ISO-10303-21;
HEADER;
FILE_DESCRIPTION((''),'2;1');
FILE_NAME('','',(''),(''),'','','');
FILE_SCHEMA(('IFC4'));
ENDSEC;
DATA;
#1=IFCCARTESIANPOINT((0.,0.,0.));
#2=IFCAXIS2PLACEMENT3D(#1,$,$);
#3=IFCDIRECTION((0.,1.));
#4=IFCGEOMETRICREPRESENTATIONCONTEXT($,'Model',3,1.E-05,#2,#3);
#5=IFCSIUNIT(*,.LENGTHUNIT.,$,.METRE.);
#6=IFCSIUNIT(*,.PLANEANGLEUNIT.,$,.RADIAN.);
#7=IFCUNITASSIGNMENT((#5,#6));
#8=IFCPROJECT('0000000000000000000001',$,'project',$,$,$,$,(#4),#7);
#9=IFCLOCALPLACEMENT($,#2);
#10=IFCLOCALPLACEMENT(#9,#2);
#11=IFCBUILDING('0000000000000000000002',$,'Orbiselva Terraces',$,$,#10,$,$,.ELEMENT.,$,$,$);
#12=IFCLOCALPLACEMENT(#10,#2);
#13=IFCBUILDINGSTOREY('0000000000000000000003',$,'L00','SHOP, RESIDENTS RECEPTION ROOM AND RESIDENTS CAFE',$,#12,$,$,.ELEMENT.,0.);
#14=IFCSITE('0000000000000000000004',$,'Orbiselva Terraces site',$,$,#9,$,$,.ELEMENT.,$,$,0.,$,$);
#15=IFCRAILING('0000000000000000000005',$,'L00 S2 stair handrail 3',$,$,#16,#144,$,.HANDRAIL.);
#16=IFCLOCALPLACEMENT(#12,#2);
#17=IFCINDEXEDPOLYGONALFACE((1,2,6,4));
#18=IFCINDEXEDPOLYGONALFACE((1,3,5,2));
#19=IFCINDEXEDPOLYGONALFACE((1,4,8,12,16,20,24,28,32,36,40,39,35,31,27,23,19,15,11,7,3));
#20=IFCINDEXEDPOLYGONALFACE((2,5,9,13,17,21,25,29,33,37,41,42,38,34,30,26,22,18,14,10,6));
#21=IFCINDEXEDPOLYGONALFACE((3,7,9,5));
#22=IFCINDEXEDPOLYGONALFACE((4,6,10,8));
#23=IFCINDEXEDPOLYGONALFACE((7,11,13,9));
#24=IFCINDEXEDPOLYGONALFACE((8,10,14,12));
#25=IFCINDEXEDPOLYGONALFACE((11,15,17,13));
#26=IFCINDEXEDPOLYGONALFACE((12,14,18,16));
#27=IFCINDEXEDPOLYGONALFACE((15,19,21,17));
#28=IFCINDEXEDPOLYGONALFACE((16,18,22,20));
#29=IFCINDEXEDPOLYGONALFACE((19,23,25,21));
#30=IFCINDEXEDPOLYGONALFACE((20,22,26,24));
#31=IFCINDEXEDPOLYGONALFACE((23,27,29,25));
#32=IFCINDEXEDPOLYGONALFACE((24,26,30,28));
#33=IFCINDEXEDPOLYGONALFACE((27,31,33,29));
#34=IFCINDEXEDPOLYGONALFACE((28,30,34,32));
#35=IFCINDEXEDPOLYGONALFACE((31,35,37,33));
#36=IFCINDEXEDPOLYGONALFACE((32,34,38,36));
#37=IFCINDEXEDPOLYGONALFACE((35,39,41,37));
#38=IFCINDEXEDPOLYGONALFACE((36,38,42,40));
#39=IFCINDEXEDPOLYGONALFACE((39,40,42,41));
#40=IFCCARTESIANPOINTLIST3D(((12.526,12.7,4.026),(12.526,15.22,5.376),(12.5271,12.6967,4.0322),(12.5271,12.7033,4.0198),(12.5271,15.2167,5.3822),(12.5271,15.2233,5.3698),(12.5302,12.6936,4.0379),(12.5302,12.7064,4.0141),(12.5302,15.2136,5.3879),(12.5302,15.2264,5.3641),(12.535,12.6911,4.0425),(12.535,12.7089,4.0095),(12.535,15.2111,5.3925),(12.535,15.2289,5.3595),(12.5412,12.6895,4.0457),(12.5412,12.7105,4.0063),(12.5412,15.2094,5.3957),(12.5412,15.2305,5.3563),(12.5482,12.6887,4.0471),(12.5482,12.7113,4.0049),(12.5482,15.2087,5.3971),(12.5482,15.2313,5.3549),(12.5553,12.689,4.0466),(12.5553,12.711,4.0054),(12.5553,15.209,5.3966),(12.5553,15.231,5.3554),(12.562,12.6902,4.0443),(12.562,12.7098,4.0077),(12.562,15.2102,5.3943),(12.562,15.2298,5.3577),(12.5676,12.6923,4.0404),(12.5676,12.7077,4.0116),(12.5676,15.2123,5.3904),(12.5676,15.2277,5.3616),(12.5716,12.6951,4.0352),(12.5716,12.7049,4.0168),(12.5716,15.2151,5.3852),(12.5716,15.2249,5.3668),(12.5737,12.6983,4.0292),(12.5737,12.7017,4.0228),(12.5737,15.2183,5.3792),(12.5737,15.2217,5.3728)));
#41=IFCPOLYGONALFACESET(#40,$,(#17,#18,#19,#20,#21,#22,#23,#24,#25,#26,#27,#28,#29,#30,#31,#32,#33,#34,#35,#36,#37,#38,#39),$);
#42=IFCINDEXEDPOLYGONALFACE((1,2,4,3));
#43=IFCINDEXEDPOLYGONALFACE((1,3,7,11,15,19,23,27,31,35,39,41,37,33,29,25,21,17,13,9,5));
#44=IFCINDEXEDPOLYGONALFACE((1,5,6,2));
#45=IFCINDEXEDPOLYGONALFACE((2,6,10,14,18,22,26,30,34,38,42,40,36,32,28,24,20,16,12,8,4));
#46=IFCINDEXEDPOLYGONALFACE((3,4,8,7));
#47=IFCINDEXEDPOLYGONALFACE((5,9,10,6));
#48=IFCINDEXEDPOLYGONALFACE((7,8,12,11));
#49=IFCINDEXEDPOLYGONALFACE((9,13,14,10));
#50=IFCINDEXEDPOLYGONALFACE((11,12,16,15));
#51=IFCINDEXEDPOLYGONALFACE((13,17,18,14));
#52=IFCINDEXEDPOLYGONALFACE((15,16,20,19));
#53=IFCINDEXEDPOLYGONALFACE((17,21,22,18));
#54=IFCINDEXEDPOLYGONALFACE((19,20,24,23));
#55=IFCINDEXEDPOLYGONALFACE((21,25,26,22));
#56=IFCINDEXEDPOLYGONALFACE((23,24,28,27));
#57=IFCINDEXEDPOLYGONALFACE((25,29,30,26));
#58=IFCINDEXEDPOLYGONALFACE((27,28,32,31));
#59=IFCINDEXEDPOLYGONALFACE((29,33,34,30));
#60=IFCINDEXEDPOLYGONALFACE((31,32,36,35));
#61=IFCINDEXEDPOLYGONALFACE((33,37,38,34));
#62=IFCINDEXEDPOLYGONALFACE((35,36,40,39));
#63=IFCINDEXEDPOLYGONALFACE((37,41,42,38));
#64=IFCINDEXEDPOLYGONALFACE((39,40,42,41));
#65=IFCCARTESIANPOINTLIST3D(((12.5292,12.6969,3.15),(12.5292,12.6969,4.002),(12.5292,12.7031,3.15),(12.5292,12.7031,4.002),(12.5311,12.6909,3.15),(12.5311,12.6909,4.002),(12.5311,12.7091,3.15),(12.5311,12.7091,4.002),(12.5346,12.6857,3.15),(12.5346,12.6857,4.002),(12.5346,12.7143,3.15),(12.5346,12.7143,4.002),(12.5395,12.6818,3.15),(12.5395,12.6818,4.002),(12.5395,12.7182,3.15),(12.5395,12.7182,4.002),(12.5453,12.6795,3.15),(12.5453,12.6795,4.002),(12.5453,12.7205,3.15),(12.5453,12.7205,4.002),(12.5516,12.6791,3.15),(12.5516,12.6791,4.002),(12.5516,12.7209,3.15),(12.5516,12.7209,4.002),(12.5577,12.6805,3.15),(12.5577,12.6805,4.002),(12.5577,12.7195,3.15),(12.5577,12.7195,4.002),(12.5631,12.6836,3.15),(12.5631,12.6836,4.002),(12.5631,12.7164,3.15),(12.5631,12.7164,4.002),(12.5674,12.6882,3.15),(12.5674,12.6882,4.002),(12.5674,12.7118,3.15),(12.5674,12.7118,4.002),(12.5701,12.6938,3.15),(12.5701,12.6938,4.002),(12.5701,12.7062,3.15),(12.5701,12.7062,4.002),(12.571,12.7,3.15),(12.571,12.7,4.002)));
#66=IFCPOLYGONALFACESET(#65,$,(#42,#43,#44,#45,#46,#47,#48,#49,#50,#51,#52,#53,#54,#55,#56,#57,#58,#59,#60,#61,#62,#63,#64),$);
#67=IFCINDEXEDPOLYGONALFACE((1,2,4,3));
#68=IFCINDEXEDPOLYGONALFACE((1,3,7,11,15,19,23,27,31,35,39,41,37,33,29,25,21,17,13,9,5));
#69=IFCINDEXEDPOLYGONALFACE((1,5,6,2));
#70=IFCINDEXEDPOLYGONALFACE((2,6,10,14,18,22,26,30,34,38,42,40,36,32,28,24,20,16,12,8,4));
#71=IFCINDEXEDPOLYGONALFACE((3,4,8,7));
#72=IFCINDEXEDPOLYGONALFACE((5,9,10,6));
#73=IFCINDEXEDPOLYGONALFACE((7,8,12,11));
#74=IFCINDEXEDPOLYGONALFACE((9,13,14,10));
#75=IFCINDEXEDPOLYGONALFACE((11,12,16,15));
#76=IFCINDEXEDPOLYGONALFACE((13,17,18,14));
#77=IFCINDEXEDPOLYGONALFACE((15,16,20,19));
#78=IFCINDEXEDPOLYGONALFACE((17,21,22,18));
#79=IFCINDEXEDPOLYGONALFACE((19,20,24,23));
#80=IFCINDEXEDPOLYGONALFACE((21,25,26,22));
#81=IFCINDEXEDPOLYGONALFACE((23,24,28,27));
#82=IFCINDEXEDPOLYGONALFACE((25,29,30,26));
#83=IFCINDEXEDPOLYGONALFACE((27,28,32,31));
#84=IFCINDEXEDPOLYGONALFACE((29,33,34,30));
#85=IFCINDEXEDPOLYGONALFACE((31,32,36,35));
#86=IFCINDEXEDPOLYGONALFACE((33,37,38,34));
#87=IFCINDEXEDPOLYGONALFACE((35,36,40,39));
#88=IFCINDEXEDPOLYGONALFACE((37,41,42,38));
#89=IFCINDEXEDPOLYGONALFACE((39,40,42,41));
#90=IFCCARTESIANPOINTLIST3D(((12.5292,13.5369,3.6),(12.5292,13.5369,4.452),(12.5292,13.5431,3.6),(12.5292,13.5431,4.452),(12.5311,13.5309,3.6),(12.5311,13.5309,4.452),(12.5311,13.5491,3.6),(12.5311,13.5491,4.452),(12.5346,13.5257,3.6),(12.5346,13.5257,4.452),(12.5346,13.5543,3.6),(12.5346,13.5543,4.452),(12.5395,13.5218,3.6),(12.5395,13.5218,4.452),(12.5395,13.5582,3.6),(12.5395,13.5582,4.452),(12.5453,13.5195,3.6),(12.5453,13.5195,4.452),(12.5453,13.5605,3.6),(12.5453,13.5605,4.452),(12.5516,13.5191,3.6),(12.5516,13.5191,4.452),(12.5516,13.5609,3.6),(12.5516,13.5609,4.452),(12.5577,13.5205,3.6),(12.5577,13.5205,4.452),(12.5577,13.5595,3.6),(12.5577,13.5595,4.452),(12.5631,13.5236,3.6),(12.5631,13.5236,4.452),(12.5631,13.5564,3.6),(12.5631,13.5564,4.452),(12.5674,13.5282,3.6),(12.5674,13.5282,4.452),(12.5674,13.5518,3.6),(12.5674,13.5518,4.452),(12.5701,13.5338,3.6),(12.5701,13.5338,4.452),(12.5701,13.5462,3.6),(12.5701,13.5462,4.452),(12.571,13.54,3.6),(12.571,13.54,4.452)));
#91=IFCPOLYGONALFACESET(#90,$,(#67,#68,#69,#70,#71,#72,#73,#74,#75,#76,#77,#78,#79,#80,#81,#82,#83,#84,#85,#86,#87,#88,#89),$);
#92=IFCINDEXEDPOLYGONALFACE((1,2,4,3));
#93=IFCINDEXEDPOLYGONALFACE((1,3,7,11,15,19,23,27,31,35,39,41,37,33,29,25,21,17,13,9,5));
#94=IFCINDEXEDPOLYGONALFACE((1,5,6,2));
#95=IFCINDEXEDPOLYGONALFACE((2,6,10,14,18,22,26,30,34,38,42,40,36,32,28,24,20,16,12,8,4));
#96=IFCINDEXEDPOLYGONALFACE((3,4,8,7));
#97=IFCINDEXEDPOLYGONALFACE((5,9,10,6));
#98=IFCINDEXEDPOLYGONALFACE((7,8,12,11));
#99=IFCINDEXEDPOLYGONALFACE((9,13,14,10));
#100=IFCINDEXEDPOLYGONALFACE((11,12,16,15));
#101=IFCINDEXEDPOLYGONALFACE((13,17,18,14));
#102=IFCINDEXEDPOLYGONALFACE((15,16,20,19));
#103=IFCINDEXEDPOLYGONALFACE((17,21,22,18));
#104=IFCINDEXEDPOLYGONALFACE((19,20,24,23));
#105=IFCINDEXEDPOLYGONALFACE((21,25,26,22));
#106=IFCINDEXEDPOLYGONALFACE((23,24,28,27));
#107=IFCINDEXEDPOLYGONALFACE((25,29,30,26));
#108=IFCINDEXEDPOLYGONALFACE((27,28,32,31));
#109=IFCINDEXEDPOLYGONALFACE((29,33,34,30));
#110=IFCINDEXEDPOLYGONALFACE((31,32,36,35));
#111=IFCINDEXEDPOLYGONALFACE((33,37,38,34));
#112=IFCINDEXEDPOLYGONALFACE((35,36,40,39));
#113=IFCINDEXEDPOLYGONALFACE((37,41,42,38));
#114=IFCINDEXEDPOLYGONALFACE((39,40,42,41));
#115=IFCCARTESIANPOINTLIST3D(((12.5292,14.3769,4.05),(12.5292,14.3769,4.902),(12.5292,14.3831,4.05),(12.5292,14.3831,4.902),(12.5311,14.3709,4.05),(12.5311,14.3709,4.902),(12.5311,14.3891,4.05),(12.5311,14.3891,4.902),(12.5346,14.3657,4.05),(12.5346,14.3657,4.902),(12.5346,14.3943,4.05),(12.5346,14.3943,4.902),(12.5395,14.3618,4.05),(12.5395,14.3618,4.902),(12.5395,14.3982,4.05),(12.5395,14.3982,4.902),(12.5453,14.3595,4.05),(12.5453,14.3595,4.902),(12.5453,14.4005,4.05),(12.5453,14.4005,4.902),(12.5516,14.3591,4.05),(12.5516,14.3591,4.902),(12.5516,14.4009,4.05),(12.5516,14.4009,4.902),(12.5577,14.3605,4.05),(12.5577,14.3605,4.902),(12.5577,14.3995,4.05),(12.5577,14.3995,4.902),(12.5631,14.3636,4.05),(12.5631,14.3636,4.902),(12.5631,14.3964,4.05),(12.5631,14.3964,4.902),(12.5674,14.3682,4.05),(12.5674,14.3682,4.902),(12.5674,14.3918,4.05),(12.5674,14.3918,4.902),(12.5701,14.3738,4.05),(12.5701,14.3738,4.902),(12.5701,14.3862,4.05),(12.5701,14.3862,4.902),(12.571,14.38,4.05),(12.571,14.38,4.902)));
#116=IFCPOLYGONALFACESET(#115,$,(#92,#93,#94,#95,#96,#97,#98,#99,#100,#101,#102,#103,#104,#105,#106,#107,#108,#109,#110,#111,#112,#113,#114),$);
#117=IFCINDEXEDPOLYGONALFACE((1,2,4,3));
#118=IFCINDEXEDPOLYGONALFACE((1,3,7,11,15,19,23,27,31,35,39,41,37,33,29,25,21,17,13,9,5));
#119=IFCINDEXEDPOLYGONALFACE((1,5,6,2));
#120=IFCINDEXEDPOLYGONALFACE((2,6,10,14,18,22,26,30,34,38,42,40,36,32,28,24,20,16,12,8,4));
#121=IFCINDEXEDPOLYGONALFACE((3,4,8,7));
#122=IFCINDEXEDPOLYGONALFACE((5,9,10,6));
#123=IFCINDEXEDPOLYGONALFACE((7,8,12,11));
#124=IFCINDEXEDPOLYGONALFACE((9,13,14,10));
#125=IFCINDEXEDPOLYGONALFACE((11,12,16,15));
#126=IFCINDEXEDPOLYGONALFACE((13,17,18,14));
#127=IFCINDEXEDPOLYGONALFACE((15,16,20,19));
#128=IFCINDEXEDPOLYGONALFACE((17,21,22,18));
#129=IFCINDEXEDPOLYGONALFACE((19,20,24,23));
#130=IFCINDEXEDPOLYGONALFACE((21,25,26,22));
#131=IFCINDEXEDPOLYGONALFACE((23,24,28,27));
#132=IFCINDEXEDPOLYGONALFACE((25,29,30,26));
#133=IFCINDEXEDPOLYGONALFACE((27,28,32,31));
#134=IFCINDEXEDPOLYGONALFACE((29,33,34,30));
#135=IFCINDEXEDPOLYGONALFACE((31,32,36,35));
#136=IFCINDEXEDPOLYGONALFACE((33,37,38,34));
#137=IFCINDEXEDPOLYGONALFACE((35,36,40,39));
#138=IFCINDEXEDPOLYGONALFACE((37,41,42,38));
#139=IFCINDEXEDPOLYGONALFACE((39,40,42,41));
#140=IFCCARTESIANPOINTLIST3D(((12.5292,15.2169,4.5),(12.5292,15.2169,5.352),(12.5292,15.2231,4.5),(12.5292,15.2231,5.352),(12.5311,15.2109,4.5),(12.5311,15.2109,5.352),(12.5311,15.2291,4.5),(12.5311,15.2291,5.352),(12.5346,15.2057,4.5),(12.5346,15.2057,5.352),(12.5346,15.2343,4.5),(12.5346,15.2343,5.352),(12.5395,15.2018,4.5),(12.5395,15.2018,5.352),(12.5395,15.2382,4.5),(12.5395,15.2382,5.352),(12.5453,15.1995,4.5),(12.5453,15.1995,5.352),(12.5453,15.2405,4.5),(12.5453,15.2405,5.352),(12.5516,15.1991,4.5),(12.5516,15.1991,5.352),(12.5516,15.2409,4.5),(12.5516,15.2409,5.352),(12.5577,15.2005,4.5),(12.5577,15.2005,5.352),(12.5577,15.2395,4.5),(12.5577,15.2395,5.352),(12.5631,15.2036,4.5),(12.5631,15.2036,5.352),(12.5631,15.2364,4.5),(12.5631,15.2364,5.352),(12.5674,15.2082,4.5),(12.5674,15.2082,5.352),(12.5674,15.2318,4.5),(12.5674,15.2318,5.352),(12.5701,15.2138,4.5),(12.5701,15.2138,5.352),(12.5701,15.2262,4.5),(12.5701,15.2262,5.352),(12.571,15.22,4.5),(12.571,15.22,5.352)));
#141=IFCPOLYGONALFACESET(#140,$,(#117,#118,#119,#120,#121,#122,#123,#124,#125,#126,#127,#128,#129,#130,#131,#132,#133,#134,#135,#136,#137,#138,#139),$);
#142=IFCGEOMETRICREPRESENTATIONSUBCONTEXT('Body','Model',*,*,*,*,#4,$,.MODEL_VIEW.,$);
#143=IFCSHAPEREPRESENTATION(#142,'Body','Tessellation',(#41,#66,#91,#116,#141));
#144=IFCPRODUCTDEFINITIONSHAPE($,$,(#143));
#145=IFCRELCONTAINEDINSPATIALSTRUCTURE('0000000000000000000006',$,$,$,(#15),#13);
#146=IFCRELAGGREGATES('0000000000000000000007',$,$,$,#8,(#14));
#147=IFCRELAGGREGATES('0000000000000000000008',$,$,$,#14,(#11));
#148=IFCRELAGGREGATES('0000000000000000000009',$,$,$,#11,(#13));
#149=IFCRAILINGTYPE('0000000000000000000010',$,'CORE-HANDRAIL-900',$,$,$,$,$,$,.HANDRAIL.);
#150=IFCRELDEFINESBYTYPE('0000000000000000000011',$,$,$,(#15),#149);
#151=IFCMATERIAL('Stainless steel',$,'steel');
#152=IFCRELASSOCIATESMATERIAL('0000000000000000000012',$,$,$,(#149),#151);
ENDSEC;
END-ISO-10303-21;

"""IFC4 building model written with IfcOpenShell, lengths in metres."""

from ifc_helpers import new_model, si_unit, direction, frame, origin, origin_2d, place, context, subcontext, project, spatial, circle, extrude, material, type_object, element, save


model = new_model("IFC4")

# Units and contexts
model_context = context("Model", 3, precision=1e-05, world=origin(), true_north=direction((0.0, 1.0)))
body_context = subcontext(model_context, "Body", "Model", "MODEL_VIEW")
ifc_project = project(units=[si_unit("LENGTHUNIT", "METRE"), si_unit("PLANEANGLEUNIT", "RADIAN")], contexts=[model_context])

# Site, building, storey
site_placement = place(None, origin())
site = spatial("IfcSite", under=ifc_project, at=site_placement, Name="Orbiselva Terraces site", CompositionType="ELEMENT", RefElevation=0.0)
building_placement = place(site_placement, origin())
building = spatial("IfcBuilding", under=site, at=building_placement, Name="Orbiselva Terraces", CompositionType="ELEMENT")
storey_placement = place(building_placement, origin())
storey = spatial("IfcBuildingStorey", under=building, at=storey_placement, Name="L00", Description="SHOP, RESIDENTS RECEPTION ROOM AND RESIDENTS CAFE", CompositionType="ELEMENT", Elevation=0.0)

# Railing
ifc_material_1 = material(Name="Stainless steel", Category="steel")
railing_type_1 = type_object("IfcRailingType", Name="CORE-HANDRAIL-900", PredefinedType="HANDRAIL", material=ifc_material_1)
railing_1_placement = place(storey_placement, frame((12.55, 12.7, 3.15)))
element("IfcRailing", 1, at=railing_1_placement, inside=storey, type_object=railing_type_1, Name="L00 S2 stair handrail 3", PredefinedType="HANDRAIL", context=body_context, shape_type="SweptSolid", body=[
    extrude(circle(Radius=0.024, at=origin_2d()), frame((0.0, 0.0, 0.876), z_axis=(0.0, 0.88148, 0.472221), x_axis=(-1.0, 0.0, 0.0)), (0.0, 0.0, 1.0), 2.8588),
    extrude(circle(Radius=0.021, at=origin_2d()), origin(), (0.0, 0.0, 1.0), 0.852),
    extrude(circle(Radius=0.021, at=origin_2d()), frame((0.0, 0.84, 0.45)), (0.0, 0.0, 1.0), 0.852),
    extrude(circle(Radius=0.021, at=origin_2d()), frame((0.0, 1.68, 0.9)), (0.0, 0.0, 1.0), 0.852),
    extrude(circle(Radius=0.021, at=origin_2d()), frame((0.0, 2.52, 1.35)), (0.0, 0.0, 1.0), 0.852),
])

save(model, "model.ifc")
